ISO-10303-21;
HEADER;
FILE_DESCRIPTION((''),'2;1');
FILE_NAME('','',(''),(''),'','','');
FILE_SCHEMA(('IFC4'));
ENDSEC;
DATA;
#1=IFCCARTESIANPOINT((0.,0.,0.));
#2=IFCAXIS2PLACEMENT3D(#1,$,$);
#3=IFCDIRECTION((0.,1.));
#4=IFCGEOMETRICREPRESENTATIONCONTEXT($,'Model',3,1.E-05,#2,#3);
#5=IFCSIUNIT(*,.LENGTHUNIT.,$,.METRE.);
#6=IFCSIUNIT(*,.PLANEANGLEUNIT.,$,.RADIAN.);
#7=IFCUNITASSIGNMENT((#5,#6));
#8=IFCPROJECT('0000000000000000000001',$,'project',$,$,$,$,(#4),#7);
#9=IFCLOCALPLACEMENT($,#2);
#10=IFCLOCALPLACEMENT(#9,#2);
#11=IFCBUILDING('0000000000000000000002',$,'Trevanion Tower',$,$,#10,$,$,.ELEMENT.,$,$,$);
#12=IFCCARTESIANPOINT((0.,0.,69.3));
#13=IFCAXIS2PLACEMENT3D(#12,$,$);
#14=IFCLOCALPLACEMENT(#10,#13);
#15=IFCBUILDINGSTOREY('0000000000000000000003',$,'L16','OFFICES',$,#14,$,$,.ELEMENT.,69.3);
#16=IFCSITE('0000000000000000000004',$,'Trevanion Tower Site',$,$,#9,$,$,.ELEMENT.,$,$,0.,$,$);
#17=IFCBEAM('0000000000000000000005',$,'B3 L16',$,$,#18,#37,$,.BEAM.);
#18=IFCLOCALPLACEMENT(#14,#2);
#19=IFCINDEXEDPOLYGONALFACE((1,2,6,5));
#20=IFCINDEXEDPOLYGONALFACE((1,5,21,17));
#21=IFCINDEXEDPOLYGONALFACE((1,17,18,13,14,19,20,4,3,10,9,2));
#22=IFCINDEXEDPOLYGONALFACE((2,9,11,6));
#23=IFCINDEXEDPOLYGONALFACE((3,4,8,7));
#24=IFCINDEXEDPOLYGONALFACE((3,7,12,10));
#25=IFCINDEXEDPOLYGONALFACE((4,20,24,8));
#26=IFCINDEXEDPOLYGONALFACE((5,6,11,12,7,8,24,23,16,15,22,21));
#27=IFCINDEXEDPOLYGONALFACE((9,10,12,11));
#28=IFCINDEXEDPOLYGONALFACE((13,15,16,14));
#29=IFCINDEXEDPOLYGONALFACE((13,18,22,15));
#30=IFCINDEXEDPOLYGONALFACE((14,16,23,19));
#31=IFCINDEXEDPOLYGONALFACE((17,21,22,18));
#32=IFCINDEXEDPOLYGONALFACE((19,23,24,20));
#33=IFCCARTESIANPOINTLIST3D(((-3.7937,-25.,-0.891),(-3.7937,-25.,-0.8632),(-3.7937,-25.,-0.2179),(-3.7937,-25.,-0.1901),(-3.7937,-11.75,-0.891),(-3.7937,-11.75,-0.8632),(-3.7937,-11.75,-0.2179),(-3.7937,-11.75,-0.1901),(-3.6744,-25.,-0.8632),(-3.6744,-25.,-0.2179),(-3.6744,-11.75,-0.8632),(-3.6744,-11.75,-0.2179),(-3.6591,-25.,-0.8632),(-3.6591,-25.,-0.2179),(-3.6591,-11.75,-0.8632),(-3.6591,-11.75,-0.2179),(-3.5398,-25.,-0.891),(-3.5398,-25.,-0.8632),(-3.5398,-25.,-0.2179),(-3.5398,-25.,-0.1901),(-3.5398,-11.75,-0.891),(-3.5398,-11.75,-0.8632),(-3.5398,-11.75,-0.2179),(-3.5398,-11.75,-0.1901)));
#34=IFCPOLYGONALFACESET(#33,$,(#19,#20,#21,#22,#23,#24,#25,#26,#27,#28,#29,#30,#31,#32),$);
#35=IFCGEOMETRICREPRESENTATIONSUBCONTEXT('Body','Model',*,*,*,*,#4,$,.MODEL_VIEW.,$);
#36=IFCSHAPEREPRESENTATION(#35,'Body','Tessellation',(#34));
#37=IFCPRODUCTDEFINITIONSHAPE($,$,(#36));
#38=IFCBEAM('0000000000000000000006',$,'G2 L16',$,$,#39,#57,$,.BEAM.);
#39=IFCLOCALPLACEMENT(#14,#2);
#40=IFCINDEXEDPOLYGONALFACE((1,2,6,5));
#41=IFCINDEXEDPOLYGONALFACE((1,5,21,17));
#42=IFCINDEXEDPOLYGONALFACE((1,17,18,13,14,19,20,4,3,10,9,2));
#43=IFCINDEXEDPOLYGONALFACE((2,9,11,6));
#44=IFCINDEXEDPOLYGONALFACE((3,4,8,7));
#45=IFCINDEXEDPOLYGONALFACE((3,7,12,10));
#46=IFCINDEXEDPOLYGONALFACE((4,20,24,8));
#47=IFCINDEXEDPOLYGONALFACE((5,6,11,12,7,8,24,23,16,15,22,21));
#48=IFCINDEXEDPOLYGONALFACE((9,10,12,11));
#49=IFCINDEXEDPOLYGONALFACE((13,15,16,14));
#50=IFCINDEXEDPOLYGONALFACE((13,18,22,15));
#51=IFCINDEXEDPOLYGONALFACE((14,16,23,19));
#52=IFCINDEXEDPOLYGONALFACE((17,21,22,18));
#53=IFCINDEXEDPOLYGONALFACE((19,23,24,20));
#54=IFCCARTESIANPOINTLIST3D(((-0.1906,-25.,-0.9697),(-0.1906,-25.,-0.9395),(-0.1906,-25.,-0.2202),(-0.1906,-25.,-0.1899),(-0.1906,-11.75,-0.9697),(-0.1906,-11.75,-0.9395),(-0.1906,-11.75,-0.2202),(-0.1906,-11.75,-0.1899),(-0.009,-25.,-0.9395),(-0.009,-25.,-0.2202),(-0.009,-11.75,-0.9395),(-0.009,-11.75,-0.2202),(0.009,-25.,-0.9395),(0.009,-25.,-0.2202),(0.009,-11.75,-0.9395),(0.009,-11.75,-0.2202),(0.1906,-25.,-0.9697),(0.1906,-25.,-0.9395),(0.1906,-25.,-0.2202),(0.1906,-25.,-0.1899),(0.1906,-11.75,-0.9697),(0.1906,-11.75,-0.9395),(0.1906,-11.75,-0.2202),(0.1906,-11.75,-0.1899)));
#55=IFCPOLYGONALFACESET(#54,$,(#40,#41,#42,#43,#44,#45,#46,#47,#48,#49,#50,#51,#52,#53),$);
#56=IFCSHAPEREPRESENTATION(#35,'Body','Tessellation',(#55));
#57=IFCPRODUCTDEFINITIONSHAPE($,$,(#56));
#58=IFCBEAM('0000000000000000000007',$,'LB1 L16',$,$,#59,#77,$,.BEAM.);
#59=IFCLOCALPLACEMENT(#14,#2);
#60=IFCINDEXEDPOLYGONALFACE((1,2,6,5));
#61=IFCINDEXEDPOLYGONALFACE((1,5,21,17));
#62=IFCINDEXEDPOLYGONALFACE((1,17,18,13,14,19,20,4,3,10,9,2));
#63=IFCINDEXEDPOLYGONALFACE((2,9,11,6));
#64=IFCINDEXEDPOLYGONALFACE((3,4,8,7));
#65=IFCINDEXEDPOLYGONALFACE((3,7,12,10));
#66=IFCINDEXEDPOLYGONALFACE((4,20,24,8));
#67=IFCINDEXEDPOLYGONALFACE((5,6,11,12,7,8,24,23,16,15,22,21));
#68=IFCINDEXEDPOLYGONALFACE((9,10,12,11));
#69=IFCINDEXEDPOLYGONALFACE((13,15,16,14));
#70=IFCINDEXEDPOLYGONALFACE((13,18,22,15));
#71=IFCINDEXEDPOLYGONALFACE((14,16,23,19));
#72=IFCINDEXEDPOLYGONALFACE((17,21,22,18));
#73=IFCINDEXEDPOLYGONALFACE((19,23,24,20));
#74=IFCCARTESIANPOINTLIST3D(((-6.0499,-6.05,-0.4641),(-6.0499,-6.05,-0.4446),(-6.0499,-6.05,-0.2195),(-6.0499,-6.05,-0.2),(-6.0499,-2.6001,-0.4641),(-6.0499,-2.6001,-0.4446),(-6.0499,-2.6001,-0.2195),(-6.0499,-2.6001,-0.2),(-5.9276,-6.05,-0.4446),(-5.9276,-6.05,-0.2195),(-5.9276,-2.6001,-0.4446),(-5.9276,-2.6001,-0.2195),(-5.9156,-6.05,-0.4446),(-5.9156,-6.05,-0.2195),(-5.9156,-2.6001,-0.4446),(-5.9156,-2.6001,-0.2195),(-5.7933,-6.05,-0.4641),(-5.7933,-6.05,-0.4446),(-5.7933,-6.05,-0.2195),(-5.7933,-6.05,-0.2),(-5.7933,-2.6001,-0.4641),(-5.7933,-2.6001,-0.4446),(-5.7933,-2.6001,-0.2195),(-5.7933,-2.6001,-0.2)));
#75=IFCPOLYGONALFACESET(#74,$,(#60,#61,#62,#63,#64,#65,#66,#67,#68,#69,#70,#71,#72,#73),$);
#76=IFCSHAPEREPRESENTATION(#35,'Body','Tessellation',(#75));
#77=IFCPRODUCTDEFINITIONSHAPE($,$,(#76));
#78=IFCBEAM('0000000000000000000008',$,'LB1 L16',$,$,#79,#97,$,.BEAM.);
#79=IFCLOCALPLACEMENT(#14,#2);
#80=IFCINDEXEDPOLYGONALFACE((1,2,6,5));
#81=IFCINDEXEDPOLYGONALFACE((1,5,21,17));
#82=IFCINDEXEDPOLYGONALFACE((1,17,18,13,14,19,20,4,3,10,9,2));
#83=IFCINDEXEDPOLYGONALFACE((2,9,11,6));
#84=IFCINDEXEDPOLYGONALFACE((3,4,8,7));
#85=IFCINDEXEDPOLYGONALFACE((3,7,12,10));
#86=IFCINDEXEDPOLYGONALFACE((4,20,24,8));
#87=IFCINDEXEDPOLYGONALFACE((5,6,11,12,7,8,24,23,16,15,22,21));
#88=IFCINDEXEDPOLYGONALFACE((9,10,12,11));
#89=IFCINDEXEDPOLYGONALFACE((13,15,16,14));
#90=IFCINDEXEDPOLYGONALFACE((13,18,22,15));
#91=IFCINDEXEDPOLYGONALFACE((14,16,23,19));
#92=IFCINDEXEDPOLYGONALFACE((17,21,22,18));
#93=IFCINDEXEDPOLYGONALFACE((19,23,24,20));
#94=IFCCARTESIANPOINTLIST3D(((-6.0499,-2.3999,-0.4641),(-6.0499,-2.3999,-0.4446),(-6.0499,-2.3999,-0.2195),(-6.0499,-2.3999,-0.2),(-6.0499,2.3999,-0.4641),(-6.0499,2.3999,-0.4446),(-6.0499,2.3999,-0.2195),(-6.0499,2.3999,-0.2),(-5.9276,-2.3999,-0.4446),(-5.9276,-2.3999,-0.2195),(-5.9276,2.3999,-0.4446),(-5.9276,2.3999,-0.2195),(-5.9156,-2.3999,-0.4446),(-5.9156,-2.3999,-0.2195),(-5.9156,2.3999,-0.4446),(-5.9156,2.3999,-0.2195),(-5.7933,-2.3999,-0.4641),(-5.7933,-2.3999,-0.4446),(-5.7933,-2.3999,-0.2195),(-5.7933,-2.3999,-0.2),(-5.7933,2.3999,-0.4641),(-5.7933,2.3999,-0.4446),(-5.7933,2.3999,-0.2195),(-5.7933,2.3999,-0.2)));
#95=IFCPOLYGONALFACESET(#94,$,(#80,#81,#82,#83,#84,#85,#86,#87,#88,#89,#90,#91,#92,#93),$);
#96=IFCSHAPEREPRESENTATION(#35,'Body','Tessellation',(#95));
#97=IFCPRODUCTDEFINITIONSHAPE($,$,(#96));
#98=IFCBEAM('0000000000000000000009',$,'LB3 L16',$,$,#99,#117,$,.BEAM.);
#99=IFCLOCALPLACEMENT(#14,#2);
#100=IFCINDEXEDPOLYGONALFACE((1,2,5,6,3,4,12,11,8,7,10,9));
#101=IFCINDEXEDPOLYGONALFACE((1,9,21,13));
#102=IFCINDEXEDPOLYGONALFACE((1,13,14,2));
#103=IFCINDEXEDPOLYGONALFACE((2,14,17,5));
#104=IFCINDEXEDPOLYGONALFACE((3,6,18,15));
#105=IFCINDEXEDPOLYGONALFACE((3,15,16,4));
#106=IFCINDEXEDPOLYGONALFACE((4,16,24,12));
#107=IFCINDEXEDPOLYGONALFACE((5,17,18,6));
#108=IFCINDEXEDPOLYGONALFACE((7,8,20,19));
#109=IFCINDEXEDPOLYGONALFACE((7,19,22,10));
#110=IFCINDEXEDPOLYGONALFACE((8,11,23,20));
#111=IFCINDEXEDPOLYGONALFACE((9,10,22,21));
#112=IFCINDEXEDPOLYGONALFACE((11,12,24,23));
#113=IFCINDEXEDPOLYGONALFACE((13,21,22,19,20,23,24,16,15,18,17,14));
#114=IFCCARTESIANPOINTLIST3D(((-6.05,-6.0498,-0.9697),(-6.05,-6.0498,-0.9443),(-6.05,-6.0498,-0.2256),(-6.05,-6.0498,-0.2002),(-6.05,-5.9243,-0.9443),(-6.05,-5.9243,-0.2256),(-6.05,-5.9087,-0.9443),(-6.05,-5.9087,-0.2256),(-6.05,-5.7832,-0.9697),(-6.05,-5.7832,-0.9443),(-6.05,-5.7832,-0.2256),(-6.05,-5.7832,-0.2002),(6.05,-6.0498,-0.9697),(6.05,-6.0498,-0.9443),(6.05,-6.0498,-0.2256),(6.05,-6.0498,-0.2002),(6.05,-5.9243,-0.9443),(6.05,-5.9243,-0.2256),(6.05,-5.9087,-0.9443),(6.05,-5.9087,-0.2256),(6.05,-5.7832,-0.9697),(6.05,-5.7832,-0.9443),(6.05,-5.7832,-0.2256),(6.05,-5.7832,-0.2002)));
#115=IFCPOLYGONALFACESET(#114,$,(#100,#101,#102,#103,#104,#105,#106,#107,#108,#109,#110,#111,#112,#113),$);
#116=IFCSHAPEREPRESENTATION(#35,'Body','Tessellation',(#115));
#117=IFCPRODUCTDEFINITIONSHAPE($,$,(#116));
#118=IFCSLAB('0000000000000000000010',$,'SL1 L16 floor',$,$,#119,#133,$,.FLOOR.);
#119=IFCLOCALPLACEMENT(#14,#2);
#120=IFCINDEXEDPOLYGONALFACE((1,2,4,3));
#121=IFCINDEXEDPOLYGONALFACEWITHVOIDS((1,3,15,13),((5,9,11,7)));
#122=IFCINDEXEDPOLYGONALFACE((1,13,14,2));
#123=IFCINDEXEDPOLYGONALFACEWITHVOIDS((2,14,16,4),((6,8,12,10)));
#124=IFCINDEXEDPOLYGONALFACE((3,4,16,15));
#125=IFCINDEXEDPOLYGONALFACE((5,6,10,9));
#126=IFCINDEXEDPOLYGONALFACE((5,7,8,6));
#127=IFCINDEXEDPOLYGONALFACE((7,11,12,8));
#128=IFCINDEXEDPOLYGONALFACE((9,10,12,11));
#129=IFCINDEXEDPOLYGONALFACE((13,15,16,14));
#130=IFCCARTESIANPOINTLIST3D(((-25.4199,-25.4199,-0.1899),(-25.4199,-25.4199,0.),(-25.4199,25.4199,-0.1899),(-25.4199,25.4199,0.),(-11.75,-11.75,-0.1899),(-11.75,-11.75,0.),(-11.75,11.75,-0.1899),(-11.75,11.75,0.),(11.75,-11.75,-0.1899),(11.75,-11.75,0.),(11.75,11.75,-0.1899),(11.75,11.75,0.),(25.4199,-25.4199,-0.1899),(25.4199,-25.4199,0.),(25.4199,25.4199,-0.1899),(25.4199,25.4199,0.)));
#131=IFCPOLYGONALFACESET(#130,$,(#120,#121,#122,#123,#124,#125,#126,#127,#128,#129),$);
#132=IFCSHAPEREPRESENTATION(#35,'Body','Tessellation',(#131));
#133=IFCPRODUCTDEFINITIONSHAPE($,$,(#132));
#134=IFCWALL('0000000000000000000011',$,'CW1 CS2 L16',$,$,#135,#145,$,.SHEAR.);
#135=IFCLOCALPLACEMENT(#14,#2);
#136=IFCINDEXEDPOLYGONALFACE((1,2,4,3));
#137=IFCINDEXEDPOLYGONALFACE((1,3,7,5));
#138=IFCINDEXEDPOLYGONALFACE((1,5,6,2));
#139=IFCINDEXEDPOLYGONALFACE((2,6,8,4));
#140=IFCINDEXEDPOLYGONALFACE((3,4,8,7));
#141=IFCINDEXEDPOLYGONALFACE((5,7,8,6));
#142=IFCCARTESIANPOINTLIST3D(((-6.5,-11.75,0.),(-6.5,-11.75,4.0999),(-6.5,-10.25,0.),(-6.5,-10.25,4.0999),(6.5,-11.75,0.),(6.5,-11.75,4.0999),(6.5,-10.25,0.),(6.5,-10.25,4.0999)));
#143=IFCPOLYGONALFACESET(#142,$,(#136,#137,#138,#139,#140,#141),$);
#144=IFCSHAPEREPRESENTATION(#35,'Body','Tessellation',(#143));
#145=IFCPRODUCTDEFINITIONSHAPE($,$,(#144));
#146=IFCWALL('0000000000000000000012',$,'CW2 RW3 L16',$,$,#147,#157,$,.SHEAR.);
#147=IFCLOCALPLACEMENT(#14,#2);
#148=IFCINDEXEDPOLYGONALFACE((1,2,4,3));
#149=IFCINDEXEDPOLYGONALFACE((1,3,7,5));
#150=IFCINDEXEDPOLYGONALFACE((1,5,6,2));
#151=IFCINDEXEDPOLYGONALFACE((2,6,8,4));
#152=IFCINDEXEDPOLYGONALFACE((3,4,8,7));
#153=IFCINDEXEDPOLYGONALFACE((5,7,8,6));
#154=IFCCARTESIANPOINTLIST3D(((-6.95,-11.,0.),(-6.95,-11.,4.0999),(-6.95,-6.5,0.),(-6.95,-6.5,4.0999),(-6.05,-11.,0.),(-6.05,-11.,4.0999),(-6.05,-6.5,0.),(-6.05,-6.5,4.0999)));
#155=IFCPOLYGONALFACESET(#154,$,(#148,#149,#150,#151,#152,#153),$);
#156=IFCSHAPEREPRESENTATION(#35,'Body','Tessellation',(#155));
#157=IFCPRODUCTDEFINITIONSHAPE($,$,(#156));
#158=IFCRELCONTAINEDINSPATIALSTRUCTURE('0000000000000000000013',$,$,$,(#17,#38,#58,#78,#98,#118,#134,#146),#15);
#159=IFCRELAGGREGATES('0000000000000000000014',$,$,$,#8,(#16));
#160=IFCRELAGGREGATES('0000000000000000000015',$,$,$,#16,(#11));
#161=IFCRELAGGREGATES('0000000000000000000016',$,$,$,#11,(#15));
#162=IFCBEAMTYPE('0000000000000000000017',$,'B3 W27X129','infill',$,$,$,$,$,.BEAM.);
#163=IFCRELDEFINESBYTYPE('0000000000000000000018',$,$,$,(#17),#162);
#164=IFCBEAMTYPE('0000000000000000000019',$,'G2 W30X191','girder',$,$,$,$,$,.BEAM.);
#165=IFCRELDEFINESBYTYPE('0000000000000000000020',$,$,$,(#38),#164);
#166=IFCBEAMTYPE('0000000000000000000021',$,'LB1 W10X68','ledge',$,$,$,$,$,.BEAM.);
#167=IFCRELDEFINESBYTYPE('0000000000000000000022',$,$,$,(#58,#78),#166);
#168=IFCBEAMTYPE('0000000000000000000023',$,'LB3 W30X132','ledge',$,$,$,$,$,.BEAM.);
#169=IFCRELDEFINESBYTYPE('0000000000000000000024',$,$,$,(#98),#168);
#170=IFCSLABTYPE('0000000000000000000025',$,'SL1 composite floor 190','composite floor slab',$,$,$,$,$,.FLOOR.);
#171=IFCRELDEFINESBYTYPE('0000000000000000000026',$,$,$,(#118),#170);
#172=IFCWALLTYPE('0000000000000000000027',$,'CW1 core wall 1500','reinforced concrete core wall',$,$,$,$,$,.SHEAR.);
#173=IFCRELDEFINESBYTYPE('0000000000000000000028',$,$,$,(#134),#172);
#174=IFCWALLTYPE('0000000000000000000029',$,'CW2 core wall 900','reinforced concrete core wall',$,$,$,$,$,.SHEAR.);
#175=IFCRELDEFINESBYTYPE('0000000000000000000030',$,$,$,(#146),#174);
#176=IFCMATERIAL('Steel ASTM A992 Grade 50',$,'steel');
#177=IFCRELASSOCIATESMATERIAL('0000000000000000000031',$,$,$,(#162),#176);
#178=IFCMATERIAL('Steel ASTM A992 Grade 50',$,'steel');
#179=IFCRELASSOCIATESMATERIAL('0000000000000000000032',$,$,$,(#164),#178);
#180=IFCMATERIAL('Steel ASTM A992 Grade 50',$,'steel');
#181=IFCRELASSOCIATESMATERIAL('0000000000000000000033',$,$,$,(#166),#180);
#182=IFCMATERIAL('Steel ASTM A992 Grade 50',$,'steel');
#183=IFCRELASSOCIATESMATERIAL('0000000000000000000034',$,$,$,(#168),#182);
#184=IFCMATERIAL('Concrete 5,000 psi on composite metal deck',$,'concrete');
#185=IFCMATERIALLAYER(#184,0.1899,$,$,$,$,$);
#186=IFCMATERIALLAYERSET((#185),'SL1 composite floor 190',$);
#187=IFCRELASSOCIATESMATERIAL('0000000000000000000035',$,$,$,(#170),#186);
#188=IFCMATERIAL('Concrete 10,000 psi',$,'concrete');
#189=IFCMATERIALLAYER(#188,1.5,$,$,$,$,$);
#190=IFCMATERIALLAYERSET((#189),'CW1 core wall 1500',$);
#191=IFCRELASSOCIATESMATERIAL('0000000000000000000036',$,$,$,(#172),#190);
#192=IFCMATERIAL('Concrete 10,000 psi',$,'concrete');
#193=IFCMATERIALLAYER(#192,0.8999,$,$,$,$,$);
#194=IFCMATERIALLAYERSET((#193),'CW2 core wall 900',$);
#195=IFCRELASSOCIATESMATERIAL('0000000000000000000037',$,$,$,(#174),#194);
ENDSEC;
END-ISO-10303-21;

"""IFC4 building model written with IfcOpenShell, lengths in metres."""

from ifc_helpers import new_model, si_unit, direction, frame, frame_2d, origin, origin_2d, place, context, subcontext, project, spatial, polyline, rectangle, i_section, outline, extrude, material, layer, layer_set, material_profile, profile_set, type_object, element, save


model = new_model("IFC4")

# Units and contexts
model_context = context("Model", 3, precision=1e-05, world=origin(), true_north=direction((0.0, 1.0)))
body_context = subcontext(model_context, "Body", "Model", "MODEL_VIEW")
ifc_project = project(units=[si_unit("LENGTHUNIT", "METRE"), si_unit("PLANEANGLEUNIT", "RADIAN")], contexts=[model_context])

# Site, building, storey
site_placement = place(None, origin())
site = spatial("IfcSite", under=ifc_project, at=site_placement, Name="Trevanion Tower Site", CompositionType="ELEMENT", RefElevation=0.0)
building_placement = place(site_placement, origin())
building = spatial("IfcBuilding", under=site, at=building_placement, Name="Trevanion Tower", CompositionType="ELEMENT")
storey_placement = place(building_placement, frame((0.0, 0.0, 69.3)))
storey = spatial("IfcBuildingStorey", under=building, at=storey_placement, Name="L16", Description="OFFICES", CompositionType="ELEMENT", Elevation=69.3)

# Beams
ifc_material_1 = material(Name="Steel ASTM A992 Grade 50", Category="steel")
ifc_material_profile_1 = material_profile(ifc_material_1, i_section(OverallWidth=0.2539, OverallDepth=0.7009, WebThickness=0.0154, FlangeThickness=0.0278, at=origin_2d()), Name="W27X129")
ifc_profile_set_1 = profile_set([ifc_material_profile_1], Name="Steel ASTM A992 Grade 50")
beam_type_1 = type_object("IfcBeamType", Name="B3 W27X129", Description="infill", PredefinedType="BEAM", material=ifc_profile_set_1)
beam_1_placement = place(storey_placement, frame((-3.6667, -11.75, -0.5405), z_axis=(0.0, -1.0, 0.0), x_axis=(1.0, 0.0, 0.0)))
element("IfcBeam", 1, at=beam_1_placement, inside=storey, type_object=beam_type_1, Name="B3 L16", PredefinedType="BEAM", context=body_context, shape_type="SweptSolid", body=[
    extrude(i_section(OverallWidth=0.2539, OverallDepth=0.7009, WebThickness=0.0154, FlangeThickness=0.0278, at=origin_2d()), origin(), (0.0, 0.0, 1.0), 13.25),
])
ifc_material_2 = material(Name="Steel ASTM A992 Grade 50", Category="steel")
ifc_material_profile_2 = material_profile(ifc_material_2, i_section(OverallWidth=0.3811, OverallDepth=0.7798, WebThickness=0.0181, FlangeThickness=0.0303, at=origin_2d()), Name="W30X191")
ifc_profile_set_2 = profile_set([ifc_material_profile_2], Name="Steel ASTM A992 Grade 50")
beam_type_2 = type_object("IfcBeamType", Name="G2 W30X191", Description="girder", PredefinedType="BEAM", material=ifc_profile_set_2)
beam_2_placement = place(storey_placement, frame((0.0, -11.75, -0.5798), z_axis=(0.0, -1.0, 0.0), x_axis=(1.0, 0.0, 0.0)))
element("IfcBeam", 2, at=beam_2_placement, inside=storey, type_object=beam_type_2, Name="G2 L16", PredefinedType="BEAM", context=body_context, shape_type="SweptSolid", body=[
    extrude(i_section(OverallWidth=0.3811, OverallDepth=0.7798, WebThickness=0.0181, FlangeThickness=0.0303, at=origin_2d()), origin(), (0.0, 0.0, 1.0), 13.25),
])
ifc_material_3 = material(Name="Steel ASTM A992 Grade 50", Category="steel")
ifc_material_profile_3 = material_profile(ifc_material_3, i_section(OverallWidth=0.2566, OverallDepth=0.2642, WebThickness=0.012, FlangeThickness=0.0195, at=origin_2d()), Name="W10X68")
ifc_profile_set_3 = profile_set([ifc_material_profile_3], Name="Steel ASTM A992 Grade 50")
beam_type_3 = type_object("IfcBeamType", Name="LB1 W10X68", Description="ledge", PredefinedType="BEAM", material=ifc_profile_set_3)
beam_3_placement = place(storey_placement, frame((-5.9216, -6.05, -0.332), z_axis=(0.0, 1.0, 0.0), x_axis=(-1.0, 0.0, 0.0)))
element("IfcBeam", 3, at=beam_3_placement, inside=storey, type_object=beam_type_3, Name="LB1 L16", PredefinedType="BEAM", context=body_context, shape_type="SweptSolid", body=[
    extrude(i_section(OverallWidth=0.2566, OverallDepth=0.2642, WebThickness=0.012, FlangeThickness=0.0195, at=origin_2d()), origin(), (0.0, 0.0, 1.0), 3.45),
])
beam_4_placement = place(storey_placement, frame((-5.9216, -2.3999, -0.332), z_axis=(0.0, 1.0, 0.0), x_axis=(-1.0, 0.0, 0.0)))
element("IfcBeam", 4, at=beam_4_placement, inside=storey, type_object=beam_type_3, Name="LB1 L16", PredefinedType="BEAM", context=body_context, shape_type="SweptSolid", body=[
    extrude(i_section(OverallWidth=0.2566, OverallDepth=0.2642, WebThickness=0.012, FlangeThickness=0.0195, at=origin_2d()), origin(), (0.0, 0.0, 1.0), 4.7998),
])
ifc_material_4 = material(Name="Steel ASTM A992 Grade 50", Category="steel")
ifc_material_profile_4 = material_profile(ifc_material_4, i_section(OverallWidth=0.2666, OverallDepth=0.7695, WebThickness=0.0156, FlangeThickness=0.0254, at=origin_2d()), Name="W30X132")
ifc_profile_set_4 = profile_set([ifc_material_profile_4], Name="Steel ASTM A992 Grade 50")
beam_type_4 = type_object("IfcBeamType", Name="LB3 W30X132", Description="ledge", PredefinedType="BEAM", material=ifc_profile_set_4)
beam_5_placement = place(storey_placement, frame((-6.05, -5.9165, -0.585), z_axis=(1.0, 0.0, 0.0), x_axis=(0.0, 1.0, 0.0)))
element("IfcBeam", 5, at=beam_5_placement, inside=storey, type_object=beam_type_4, Name="LB3 L16", PredefinedType="BEAM", context=body_context, shape_type="SweptSolid", body=[
    extrude(i_section(OverallWidth=0.2666, OverallDepth=0.7695, WebThickness=0.0156, FlangeThickness=0.0254, at=origin_2d()), origin(), (0.0, 0.0, 1.0), 12.1001),
])

# Slab
ifc_material_5 = material(Name="Concrete 5,000 psi on composite metal deck", Category="concrete")
ifc_layer_1 = layer(ifc_material_5, 0.1899)
ifc_layer_set_1 = layer_set([ifc_layer_1], Name="SL1 composite floor 190")
slab_type = type_object("IfcSlabType", Name="SL1 composite floor 190", Description="composite floor slab", PredefinedType="FLOOR", material=ifc_layer_set_1)
slab_placement = place(storey_placement, frame((0.0, 0.0, -0.1899)))
element("IfcSlab", 6, at=slab_placement, inside=storey, type_object=slab_type, Name="SL1 L16 floor", PredefinedType="FLOOR", context=body_context, shape_type="SweptSolid", body=[
    extrude(outline(polyline([(25.4199, -25.4199), (25.4199, 25.4199), (-25.4199, 25.4199), (-25.4199, -25.4199), (25.4199, -25.4199)]), holes=[polyline([(11.75, -11.75), (11.75, 11.75), (-11.75, 11.75), (-11.75, -11.75), (11.75, -11.75)])]), origin(), (0.0, 0.0, 1.0), 0.1899),
])

# Walls
ifc_material_6 = material(Name="Concrete 10,000 psi", Category="concrete")
ifc_layer_2 = layer(ifc_material_6, 1.5)
ifc_layer_set_2 = layer_set([ifc_layer_2], Name="CW1 core wall 1500")
wall_type_1 = type_object("IfcWallType", Name="CW1 core wall 1500", Description="reinforced concrete core wall", PredefinedType="SHEAR", material=ifc_layer_set_2)
wall_1_placement = place(storey_placement, frame((-6.5, -11.0, 0.0), z_axis=(0.0, 0.0, 1.0), x_axis=(1.0, 0.0, 0.0)))
element("IfcWall", 7, at=wall_1_placement, inside=storey, type_object=wall_type_1, Name="CW1 CS2 L16", PredefinedType="SHEAR", context=body_context, shape_type="SweptSolid", body=[
    extrude(rectangle(XDim=13.0, YDim=1.5, at=frame_2d((6.5, 0.0))), origin(), (0.0, 0.0, 1.0), 4.0999),
])
ifc_material_7 = material(Name="Concrete 10,000 psi", Category="concrete")
ifc_layer_3 = layer(ifc_material_7, 0.8999)
ifc_layer_set_3 = layer_set([ifc_layer_3], Name="CW2 core wall 900")
wall_type_2 = type_object("IfcWallType", Name="CW2 core wall 900", Description="reinforced concrete core wall", PredefinedType="SHEAR", material=ifc_layer_set_3)
wall_2_placement = place(storey_placement, frame((-6.5, -6.5, 0.0), z_axis=(0.0, 0.0, 1.0), x_axis=(0.0, -1.0, 0.0)))
element("IfcWall", 8, at=wall_2_placement, inside=storey, type_object=wall_type_2, Name="CW2 RW3 L16", PredefinedType="SHEAR", context=body_context, shape_type="SweptSolid", body=[
    extrude(rectangle(XDim=4.5, YDim=0.8999, at=frame_2d((2.25, 0.0))), origin(), (0.0, 0.0, 1.0), 4.0999),
])

save(model, "model.ifc")
